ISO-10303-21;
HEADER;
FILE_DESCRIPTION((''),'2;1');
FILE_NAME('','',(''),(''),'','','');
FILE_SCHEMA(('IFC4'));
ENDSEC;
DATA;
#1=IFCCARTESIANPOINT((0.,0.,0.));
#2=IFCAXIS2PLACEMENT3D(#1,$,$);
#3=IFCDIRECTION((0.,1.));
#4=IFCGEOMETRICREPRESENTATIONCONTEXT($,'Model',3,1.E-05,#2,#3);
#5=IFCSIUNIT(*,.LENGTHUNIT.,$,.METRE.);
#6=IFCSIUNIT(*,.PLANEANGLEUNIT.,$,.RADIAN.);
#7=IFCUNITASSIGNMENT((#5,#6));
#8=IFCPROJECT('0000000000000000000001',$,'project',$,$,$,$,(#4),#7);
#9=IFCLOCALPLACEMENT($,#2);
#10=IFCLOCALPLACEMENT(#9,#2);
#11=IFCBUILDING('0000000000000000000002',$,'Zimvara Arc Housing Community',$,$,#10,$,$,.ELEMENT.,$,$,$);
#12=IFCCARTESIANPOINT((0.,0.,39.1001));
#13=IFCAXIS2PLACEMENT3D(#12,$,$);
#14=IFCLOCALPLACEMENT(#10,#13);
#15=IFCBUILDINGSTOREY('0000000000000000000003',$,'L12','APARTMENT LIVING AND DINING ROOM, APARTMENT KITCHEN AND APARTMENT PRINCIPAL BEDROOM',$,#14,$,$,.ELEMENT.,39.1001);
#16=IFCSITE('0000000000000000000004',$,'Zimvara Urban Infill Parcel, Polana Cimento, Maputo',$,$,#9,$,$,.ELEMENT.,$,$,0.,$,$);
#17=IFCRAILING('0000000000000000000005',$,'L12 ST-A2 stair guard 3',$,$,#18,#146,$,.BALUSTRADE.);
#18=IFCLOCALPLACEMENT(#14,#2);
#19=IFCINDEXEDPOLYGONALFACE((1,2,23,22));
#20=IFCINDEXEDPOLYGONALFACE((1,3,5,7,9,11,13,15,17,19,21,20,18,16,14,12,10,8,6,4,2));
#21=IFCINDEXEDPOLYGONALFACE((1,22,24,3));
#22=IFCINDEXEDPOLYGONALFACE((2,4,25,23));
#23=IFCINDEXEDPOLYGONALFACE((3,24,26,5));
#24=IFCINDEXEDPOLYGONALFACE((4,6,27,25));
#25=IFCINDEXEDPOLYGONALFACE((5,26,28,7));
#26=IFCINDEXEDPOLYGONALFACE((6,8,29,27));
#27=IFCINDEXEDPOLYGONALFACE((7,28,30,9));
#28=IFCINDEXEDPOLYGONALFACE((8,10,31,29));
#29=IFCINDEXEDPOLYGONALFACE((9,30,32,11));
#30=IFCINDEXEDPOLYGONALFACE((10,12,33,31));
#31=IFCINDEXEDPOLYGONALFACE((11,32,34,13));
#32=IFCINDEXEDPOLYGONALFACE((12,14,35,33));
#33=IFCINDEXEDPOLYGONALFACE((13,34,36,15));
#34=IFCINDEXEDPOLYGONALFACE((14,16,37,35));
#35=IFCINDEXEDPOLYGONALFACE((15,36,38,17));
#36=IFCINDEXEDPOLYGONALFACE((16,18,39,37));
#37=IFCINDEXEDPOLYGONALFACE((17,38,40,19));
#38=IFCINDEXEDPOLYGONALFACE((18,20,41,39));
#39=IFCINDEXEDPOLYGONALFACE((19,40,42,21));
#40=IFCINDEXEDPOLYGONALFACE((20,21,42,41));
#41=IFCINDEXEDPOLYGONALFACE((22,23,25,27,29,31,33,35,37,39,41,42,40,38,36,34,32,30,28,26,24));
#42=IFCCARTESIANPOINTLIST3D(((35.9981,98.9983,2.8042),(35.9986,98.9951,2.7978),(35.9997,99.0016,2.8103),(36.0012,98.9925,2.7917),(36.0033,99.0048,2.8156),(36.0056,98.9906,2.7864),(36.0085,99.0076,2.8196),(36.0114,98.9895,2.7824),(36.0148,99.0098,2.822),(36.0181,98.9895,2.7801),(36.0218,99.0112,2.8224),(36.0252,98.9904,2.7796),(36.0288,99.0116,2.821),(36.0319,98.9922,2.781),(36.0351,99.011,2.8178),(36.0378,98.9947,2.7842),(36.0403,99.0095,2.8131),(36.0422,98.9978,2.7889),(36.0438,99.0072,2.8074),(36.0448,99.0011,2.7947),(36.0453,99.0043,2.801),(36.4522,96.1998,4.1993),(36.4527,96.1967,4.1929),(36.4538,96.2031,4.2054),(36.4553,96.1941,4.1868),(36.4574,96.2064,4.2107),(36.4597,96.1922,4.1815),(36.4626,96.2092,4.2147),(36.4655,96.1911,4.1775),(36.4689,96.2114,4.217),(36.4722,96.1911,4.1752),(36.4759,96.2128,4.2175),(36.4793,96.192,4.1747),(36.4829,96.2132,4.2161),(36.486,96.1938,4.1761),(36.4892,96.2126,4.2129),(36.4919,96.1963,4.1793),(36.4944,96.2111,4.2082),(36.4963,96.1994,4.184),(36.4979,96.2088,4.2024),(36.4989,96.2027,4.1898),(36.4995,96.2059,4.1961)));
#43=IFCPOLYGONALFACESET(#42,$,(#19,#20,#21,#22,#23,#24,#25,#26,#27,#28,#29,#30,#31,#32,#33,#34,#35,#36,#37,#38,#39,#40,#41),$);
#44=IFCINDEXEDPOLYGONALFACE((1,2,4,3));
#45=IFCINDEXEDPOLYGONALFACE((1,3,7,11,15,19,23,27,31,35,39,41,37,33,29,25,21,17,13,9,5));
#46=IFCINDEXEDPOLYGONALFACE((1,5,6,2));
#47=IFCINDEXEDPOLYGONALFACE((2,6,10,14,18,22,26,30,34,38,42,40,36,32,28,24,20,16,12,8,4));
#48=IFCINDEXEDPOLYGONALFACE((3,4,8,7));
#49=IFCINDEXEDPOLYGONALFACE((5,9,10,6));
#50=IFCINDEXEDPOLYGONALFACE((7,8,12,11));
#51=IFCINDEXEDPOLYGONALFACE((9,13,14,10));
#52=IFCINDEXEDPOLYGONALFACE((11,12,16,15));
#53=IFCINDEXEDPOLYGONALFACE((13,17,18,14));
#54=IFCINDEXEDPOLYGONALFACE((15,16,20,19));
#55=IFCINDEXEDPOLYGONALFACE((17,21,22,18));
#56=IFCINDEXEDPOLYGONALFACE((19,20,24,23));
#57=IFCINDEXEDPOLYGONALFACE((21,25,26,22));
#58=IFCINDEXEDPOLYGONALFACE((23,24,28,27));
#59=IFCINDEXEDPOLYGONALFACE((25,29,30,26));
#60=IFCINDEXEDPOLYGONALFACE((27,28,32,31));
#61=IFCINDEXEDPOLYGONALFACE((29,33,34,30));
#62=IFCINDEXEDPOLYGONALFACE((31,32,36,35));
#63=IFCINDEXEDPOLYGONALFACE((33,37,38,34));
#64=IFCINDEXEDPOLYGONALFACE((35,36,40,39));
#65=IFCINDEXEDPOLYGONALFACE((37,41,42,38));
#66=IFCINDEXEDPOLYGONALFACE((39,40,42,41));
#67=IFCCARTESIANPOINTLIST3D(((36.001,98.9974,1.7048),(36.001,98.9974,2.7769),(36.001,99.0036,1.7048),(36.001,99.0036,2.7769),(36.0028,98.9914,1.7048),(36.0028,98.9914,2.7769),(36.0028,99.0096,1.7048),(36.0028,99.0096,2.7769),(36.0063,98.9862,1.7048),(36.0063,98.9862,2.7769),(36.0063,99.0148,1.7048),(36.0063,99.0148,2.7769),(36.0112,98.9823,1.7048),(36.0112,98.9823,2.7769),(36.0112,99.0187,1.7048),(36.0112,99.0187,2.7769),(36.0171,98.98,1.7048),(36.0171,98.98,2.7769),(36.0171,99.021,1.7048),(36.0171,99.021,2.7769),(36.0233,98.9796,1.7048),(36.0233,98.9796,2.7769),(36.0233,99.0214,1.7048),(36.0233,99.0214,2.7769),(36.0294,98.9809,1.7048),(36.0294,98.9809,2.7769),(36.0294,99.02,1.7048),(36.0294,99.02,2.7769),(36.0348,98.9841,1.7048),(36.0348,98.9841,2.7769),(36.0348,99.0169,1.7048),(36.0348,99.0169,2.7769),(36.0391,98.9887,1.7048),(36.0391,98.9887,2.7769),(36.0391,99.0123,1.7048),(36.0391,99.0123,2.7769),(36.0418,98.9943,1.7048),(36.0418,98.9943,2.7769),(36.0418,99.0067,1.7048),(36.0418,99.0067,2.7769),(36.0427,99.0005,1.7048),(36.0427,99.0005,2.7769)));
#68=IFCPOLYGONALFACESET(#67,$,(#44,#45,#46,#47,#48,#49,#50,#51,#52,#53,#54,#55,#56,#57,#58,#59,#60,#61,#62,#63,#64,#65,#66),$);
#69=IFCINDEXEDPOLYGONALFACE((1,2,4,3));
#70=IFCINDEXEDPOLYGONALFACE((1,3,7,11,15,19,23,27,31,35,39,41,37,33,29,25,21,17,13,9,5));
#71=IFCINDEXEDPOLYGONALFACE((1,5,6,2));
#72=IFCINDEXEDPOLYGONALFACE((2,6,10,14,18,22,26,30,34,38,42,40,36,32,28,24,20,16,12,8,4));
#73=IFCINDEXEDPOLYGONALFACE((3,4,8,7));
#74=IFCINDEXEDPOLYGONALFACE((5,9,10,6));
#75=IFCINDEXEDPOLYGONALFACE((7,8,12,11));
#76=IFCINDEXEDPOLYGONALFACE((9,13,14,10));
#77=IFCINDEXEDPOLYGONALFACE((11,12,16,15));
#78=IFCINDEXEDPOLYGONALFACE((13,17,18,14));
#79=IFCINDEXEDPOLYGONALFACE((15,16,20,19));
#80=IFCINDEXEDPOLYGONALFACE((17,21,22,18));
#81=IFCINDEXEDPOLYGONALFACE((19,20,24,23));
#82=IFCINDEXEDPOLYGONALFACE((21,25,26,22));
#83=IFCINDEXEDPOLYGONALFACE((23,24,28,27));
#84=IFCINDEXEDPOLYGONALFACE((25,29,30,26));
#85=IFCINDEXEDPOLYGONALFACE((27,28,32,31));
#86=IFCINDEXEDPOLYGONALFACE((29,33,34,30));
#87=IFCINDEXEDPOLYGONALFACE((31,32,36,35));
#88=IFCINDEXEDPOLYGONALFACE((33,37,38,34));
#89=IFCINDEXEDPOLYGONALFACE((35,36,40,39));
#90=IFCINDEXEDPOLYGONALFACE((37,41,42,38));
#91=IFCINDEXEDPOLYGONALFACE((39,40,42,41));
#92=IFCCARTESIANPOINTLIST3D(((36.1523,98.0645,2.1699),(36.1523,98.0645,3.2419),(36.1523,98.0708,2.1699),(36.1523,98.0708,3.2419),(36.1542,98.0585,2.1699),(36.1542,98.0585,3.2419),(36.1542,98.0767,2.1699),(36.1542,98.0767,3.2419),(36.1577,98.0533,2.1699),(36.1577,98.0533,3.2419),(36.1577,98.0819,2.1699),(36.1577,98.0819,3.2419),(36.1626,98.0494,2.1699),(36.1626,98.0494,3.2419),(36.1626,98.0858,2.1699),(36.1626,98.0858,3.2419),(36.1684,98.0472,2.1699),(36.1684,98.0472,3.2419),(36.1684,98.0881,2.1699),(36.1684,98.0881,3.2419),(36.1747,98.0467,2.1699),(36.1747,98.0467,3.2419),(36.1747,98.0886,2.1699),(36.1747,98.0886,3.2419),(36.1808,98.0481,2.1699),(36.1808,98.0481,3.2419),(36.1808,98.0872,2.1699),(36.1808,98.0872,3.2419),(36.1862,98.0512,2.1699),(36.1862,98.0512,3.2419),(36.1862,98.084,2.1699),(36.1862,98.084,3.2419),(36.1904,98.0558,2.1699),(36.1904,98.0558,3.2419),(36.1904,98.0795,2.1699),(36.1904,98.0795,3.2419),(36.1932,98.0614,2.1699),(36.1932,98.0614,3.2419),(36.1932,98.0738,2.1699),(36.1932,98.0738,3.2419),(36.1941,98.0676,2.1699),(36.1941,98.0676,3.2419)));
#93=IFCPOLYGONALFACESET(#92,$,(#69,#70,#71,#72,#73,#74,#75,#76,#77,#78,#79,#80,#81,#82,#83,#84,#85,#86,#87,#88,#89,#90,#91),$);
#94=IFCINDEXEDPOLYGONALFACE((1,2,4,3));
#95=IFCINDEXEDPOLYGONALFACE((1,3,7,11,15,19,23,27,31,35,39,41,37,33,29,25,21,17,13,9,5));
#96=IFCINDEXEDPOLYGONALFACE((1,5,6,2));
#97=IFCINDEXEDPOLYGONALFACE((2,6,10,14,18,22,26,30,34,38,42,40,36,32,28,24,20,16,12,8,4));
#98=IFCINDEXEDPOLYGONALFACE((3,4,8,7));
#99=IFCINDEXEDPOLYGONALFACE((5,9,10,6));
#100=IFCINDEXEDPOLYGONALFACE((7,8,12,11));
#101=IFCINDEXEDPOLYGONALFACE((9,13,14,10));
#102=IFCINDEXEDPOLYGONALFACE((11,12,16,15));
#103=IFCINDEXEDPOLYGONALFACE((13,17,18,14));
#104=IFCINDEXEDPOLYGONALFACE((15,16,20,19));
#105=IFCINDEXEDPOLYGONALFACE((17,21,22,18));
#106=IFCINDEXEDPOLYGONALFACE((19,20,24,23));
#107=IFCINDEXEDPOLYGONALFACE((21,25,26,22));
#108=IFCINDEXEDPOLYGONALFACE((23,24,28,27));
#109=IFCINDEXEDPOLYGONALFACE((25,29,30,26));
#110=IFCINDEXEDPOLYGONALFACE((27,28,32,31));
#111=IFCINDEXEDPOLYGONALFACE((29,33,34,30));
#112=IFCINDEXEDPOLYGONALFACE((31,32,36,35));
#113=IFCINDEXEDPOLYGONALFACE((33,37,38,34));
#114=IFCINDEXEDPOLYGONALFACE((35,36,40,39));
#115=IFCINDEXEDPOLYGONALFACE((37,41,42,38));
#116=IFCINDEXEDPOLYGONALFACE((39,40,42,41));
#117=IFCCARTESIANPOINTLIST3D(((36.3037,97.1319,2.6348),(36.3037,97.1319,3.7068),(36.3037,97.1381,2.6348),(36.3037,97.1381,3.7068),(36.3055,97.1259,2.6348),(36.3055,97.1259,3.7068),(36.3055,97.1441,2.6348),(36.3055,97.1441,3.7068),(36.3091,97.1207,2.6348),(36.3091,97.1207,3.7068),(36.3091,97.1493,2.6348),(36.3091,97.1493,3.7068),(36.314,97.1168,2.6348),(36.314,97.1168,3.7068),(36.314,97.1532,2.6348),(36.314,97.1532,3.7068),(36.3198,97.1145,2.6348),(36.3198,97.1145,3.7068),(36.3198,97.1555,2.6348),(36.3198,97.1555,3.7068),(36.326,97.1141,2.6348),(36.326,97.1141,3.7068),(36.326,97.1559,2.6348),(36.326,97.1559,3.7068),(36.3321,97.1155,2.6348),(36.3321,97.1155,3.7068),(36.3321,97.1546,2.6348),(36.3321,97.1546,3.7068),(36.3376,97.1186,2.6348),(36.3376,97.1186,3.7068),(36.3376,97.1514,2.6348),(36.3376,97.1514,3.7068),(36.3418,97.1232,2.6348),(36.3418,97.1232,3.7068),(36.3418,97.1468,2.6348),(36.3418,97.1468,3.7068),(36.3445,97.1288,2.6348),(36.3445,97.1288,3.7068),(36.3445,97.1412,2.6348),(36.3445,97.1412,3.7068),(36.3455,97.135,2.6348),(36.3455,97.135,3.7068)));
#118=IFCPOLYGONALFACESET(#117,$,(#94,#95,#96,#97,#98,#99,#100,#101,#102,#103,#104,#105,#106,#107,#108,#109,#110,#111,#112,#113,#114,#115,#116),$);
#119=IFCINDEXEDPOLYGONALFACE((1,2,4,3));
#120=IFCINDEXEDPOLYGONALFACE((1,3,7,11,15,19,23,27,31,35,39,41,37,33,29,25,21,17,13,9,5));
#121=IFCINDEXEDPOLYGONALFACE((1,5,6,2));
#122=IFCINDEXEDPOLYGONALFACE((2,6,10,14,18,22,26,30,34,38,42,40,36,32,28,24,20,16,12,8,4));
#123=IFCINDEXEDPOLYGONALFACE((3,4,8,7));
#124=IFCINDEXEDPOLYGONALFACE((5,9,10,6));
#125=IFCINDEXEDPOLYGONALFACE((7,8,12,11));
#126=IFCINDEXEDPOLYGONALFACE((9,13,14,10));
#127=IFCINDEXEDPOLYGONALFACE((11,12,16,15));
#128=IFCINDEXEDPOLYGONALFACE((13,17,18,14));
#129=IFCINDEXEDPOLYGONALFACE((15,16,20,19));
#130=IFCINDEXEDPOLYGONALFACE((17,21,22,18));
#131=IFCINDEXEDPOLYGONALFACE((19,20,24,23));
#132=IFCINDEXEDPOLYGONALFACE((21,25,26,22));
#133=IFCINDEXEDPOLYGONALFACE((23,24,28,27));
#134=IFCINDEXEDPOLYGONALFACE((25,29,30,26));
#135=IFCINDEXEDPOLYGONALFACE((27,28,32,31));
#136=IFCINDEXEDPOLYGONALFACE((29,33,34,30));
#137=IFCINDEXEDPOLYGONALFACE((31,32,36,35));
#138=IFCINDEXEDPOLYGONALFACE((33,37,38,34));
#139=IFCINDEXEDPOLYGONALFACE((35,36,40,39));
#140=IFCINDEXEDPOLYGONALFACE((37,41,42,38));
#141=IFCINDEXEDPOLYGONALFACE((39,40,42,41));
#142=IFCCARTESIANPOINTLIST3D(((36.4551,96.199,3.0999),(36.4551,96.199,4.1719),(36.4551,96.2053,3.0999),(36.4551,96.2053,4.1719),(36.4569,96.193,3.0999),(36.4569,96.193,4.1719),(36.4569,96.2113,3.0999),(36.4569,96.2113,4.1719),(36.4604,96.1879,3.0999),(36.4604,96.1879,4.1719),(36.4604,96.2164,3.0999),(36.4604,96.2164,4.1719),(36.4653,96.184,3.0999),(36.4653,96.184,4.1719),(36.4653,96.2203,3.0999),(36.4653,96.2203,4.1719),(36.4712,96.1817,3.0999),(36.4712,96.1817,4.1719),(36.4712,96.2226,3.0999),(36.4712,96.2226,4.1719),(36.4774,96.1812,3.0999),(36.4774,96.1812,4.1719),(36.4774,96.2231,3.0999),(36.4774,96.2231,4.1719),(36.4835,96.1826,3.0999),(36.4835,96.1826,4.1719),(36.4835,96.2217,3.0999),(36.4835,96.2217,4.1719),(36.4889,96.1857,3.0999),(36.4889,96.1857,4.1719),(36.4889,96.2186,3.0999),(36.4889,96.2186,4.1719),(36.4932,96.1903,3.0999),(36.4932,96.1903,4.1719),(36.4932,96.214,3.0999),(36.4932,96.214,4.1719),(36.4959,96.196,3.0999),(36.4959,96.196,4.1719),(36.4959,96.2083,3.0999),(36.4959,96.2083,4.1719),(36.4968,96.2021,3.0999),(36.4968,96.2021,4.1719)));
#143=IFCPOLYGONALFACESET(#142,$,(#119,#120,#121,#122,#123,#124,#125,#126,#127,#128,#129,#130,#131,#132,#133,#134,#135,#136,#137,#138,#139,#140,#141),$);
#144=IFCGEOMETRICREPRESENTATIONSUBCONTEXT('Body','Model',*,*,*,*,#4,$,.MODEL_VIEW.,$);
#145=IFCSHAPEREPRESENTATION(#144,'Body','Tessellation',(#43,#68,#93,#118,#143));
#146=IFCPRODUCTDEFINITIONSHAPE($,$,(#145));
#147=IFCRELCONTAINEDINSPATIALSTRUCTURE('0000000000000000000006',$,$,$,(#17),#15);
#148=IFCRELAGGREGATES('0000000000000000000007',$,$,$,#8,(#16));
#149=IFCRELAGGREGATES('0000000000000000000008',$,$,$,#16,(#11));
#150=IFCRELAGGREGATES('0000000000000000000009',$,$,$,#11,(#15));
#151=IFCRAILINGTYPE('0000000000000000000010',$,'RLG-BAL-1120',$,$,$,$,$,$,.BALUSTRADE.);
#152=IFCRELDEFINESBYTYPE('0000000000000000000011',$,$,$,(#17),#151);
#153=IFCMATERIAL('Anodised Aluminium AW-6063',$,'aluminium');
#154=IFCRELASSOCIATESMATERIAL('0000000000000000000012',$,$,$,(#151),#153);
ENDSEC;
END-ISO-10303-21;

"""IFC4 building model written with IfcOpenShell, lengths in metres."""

from ifc_helpers import new_model, si_unit, direction, frame, origin, origin_2d, place, context, subcontext, project, spatial, circle, extrude, material, type_object, element, save


model = new_model("IFC4")

# Units and contexts
model_context = context("Model", 3, precision=1e-05, world=origin(), true_north=direction((0.0, 1.0)))
body_context = subcontext(model_context, "Body", "Model", "MODEL_VIEW")
ifc_project = project(units=[si_unit("LENGTHUNIT", "METRE"), si_unit("PLANEANGLEUNIT", "RADIAN")], contexts=[model_context])

# Site, building, storey
site_placement = place(None, origin())
site = spatial("IfcSite", under=ifc_project, at=site_placement, Name="Zimvara Urban Infill Parcel, Polana Cimento, Maputo", CompositionType="ELEMENT", RefElevation=0.0)
building_placement = place(site_placement, origin())
building = spatial("IfcBuilding", under=site, at=building_placement, Name="Zimvara Arc Housing Community", CompositionType="ELEMENT")
storey_placement = place(building_placement, frame((0.0, 0.0, 39.1001)))
storey = spatial("IfcBuildingStorey", under=building, at=storey_placement, Name="L12", Description="APARTMENT LIVING AND DINING ROOM, APARTMENT KITCHEN AND APARTMENT PRINCIPAL BEDROOM", CompositionType="ELEMENT", Elevation=39.1001)

# Railing
ifc_material_1 = material(Name="Anodised Aluminium AW-6063", Category="aluminium")
railing_type_1 = type_object("IfcRailingType", Name="RLG-BAL-1120", PredefinedType="BALUSTRADE", material=ifc_material_1)
railing_1_placement = place(storey_placement, frame((36.0217, 99.0005, 1.7048)))
element("IfcRailing", 1, at=railing_1_placement, inside=storey, type_object=railing_type_1, Name="L12 ST-A2 stair guard 3", PredefinedType="BALUSTRADE", context=body_context, shape_type="SweptSolid", body=[
    extrude(circle(Radius=0.0239, at=origin_2d()), frame((0.0, 0.0, 1.0962), z_axis=(0.143722, -0.885666, 0.44152), x_axis=(0.987088, 0.16018, 0.0)), (0.0, 0.0, 1.0), 3.1597),
    extrude(circle(Radius=0.021, at=origin_2d()), origin(), (0.0, 0.0, 1.0), 1.072),
    extrude(circle(Radius=0.021, at=origin_2d()), frame((0.1514, -0.9329, 0.4651)), (0.0, 0.0, 1.0), 1.072),
    extrude(circle(Radius=0.021, at=origin_2d()), frame((0.3027, -1.8655, 0.9299)), (0.0, 0.0, 1.0), 1.072),
    extrude(circle(Radius=0.021, at=origin_2d()), frame((0.4541, -2.7983, 1.395)), (0.0, 0.0, 1.0), 1.072),
])

save(model, "model.ifc")
